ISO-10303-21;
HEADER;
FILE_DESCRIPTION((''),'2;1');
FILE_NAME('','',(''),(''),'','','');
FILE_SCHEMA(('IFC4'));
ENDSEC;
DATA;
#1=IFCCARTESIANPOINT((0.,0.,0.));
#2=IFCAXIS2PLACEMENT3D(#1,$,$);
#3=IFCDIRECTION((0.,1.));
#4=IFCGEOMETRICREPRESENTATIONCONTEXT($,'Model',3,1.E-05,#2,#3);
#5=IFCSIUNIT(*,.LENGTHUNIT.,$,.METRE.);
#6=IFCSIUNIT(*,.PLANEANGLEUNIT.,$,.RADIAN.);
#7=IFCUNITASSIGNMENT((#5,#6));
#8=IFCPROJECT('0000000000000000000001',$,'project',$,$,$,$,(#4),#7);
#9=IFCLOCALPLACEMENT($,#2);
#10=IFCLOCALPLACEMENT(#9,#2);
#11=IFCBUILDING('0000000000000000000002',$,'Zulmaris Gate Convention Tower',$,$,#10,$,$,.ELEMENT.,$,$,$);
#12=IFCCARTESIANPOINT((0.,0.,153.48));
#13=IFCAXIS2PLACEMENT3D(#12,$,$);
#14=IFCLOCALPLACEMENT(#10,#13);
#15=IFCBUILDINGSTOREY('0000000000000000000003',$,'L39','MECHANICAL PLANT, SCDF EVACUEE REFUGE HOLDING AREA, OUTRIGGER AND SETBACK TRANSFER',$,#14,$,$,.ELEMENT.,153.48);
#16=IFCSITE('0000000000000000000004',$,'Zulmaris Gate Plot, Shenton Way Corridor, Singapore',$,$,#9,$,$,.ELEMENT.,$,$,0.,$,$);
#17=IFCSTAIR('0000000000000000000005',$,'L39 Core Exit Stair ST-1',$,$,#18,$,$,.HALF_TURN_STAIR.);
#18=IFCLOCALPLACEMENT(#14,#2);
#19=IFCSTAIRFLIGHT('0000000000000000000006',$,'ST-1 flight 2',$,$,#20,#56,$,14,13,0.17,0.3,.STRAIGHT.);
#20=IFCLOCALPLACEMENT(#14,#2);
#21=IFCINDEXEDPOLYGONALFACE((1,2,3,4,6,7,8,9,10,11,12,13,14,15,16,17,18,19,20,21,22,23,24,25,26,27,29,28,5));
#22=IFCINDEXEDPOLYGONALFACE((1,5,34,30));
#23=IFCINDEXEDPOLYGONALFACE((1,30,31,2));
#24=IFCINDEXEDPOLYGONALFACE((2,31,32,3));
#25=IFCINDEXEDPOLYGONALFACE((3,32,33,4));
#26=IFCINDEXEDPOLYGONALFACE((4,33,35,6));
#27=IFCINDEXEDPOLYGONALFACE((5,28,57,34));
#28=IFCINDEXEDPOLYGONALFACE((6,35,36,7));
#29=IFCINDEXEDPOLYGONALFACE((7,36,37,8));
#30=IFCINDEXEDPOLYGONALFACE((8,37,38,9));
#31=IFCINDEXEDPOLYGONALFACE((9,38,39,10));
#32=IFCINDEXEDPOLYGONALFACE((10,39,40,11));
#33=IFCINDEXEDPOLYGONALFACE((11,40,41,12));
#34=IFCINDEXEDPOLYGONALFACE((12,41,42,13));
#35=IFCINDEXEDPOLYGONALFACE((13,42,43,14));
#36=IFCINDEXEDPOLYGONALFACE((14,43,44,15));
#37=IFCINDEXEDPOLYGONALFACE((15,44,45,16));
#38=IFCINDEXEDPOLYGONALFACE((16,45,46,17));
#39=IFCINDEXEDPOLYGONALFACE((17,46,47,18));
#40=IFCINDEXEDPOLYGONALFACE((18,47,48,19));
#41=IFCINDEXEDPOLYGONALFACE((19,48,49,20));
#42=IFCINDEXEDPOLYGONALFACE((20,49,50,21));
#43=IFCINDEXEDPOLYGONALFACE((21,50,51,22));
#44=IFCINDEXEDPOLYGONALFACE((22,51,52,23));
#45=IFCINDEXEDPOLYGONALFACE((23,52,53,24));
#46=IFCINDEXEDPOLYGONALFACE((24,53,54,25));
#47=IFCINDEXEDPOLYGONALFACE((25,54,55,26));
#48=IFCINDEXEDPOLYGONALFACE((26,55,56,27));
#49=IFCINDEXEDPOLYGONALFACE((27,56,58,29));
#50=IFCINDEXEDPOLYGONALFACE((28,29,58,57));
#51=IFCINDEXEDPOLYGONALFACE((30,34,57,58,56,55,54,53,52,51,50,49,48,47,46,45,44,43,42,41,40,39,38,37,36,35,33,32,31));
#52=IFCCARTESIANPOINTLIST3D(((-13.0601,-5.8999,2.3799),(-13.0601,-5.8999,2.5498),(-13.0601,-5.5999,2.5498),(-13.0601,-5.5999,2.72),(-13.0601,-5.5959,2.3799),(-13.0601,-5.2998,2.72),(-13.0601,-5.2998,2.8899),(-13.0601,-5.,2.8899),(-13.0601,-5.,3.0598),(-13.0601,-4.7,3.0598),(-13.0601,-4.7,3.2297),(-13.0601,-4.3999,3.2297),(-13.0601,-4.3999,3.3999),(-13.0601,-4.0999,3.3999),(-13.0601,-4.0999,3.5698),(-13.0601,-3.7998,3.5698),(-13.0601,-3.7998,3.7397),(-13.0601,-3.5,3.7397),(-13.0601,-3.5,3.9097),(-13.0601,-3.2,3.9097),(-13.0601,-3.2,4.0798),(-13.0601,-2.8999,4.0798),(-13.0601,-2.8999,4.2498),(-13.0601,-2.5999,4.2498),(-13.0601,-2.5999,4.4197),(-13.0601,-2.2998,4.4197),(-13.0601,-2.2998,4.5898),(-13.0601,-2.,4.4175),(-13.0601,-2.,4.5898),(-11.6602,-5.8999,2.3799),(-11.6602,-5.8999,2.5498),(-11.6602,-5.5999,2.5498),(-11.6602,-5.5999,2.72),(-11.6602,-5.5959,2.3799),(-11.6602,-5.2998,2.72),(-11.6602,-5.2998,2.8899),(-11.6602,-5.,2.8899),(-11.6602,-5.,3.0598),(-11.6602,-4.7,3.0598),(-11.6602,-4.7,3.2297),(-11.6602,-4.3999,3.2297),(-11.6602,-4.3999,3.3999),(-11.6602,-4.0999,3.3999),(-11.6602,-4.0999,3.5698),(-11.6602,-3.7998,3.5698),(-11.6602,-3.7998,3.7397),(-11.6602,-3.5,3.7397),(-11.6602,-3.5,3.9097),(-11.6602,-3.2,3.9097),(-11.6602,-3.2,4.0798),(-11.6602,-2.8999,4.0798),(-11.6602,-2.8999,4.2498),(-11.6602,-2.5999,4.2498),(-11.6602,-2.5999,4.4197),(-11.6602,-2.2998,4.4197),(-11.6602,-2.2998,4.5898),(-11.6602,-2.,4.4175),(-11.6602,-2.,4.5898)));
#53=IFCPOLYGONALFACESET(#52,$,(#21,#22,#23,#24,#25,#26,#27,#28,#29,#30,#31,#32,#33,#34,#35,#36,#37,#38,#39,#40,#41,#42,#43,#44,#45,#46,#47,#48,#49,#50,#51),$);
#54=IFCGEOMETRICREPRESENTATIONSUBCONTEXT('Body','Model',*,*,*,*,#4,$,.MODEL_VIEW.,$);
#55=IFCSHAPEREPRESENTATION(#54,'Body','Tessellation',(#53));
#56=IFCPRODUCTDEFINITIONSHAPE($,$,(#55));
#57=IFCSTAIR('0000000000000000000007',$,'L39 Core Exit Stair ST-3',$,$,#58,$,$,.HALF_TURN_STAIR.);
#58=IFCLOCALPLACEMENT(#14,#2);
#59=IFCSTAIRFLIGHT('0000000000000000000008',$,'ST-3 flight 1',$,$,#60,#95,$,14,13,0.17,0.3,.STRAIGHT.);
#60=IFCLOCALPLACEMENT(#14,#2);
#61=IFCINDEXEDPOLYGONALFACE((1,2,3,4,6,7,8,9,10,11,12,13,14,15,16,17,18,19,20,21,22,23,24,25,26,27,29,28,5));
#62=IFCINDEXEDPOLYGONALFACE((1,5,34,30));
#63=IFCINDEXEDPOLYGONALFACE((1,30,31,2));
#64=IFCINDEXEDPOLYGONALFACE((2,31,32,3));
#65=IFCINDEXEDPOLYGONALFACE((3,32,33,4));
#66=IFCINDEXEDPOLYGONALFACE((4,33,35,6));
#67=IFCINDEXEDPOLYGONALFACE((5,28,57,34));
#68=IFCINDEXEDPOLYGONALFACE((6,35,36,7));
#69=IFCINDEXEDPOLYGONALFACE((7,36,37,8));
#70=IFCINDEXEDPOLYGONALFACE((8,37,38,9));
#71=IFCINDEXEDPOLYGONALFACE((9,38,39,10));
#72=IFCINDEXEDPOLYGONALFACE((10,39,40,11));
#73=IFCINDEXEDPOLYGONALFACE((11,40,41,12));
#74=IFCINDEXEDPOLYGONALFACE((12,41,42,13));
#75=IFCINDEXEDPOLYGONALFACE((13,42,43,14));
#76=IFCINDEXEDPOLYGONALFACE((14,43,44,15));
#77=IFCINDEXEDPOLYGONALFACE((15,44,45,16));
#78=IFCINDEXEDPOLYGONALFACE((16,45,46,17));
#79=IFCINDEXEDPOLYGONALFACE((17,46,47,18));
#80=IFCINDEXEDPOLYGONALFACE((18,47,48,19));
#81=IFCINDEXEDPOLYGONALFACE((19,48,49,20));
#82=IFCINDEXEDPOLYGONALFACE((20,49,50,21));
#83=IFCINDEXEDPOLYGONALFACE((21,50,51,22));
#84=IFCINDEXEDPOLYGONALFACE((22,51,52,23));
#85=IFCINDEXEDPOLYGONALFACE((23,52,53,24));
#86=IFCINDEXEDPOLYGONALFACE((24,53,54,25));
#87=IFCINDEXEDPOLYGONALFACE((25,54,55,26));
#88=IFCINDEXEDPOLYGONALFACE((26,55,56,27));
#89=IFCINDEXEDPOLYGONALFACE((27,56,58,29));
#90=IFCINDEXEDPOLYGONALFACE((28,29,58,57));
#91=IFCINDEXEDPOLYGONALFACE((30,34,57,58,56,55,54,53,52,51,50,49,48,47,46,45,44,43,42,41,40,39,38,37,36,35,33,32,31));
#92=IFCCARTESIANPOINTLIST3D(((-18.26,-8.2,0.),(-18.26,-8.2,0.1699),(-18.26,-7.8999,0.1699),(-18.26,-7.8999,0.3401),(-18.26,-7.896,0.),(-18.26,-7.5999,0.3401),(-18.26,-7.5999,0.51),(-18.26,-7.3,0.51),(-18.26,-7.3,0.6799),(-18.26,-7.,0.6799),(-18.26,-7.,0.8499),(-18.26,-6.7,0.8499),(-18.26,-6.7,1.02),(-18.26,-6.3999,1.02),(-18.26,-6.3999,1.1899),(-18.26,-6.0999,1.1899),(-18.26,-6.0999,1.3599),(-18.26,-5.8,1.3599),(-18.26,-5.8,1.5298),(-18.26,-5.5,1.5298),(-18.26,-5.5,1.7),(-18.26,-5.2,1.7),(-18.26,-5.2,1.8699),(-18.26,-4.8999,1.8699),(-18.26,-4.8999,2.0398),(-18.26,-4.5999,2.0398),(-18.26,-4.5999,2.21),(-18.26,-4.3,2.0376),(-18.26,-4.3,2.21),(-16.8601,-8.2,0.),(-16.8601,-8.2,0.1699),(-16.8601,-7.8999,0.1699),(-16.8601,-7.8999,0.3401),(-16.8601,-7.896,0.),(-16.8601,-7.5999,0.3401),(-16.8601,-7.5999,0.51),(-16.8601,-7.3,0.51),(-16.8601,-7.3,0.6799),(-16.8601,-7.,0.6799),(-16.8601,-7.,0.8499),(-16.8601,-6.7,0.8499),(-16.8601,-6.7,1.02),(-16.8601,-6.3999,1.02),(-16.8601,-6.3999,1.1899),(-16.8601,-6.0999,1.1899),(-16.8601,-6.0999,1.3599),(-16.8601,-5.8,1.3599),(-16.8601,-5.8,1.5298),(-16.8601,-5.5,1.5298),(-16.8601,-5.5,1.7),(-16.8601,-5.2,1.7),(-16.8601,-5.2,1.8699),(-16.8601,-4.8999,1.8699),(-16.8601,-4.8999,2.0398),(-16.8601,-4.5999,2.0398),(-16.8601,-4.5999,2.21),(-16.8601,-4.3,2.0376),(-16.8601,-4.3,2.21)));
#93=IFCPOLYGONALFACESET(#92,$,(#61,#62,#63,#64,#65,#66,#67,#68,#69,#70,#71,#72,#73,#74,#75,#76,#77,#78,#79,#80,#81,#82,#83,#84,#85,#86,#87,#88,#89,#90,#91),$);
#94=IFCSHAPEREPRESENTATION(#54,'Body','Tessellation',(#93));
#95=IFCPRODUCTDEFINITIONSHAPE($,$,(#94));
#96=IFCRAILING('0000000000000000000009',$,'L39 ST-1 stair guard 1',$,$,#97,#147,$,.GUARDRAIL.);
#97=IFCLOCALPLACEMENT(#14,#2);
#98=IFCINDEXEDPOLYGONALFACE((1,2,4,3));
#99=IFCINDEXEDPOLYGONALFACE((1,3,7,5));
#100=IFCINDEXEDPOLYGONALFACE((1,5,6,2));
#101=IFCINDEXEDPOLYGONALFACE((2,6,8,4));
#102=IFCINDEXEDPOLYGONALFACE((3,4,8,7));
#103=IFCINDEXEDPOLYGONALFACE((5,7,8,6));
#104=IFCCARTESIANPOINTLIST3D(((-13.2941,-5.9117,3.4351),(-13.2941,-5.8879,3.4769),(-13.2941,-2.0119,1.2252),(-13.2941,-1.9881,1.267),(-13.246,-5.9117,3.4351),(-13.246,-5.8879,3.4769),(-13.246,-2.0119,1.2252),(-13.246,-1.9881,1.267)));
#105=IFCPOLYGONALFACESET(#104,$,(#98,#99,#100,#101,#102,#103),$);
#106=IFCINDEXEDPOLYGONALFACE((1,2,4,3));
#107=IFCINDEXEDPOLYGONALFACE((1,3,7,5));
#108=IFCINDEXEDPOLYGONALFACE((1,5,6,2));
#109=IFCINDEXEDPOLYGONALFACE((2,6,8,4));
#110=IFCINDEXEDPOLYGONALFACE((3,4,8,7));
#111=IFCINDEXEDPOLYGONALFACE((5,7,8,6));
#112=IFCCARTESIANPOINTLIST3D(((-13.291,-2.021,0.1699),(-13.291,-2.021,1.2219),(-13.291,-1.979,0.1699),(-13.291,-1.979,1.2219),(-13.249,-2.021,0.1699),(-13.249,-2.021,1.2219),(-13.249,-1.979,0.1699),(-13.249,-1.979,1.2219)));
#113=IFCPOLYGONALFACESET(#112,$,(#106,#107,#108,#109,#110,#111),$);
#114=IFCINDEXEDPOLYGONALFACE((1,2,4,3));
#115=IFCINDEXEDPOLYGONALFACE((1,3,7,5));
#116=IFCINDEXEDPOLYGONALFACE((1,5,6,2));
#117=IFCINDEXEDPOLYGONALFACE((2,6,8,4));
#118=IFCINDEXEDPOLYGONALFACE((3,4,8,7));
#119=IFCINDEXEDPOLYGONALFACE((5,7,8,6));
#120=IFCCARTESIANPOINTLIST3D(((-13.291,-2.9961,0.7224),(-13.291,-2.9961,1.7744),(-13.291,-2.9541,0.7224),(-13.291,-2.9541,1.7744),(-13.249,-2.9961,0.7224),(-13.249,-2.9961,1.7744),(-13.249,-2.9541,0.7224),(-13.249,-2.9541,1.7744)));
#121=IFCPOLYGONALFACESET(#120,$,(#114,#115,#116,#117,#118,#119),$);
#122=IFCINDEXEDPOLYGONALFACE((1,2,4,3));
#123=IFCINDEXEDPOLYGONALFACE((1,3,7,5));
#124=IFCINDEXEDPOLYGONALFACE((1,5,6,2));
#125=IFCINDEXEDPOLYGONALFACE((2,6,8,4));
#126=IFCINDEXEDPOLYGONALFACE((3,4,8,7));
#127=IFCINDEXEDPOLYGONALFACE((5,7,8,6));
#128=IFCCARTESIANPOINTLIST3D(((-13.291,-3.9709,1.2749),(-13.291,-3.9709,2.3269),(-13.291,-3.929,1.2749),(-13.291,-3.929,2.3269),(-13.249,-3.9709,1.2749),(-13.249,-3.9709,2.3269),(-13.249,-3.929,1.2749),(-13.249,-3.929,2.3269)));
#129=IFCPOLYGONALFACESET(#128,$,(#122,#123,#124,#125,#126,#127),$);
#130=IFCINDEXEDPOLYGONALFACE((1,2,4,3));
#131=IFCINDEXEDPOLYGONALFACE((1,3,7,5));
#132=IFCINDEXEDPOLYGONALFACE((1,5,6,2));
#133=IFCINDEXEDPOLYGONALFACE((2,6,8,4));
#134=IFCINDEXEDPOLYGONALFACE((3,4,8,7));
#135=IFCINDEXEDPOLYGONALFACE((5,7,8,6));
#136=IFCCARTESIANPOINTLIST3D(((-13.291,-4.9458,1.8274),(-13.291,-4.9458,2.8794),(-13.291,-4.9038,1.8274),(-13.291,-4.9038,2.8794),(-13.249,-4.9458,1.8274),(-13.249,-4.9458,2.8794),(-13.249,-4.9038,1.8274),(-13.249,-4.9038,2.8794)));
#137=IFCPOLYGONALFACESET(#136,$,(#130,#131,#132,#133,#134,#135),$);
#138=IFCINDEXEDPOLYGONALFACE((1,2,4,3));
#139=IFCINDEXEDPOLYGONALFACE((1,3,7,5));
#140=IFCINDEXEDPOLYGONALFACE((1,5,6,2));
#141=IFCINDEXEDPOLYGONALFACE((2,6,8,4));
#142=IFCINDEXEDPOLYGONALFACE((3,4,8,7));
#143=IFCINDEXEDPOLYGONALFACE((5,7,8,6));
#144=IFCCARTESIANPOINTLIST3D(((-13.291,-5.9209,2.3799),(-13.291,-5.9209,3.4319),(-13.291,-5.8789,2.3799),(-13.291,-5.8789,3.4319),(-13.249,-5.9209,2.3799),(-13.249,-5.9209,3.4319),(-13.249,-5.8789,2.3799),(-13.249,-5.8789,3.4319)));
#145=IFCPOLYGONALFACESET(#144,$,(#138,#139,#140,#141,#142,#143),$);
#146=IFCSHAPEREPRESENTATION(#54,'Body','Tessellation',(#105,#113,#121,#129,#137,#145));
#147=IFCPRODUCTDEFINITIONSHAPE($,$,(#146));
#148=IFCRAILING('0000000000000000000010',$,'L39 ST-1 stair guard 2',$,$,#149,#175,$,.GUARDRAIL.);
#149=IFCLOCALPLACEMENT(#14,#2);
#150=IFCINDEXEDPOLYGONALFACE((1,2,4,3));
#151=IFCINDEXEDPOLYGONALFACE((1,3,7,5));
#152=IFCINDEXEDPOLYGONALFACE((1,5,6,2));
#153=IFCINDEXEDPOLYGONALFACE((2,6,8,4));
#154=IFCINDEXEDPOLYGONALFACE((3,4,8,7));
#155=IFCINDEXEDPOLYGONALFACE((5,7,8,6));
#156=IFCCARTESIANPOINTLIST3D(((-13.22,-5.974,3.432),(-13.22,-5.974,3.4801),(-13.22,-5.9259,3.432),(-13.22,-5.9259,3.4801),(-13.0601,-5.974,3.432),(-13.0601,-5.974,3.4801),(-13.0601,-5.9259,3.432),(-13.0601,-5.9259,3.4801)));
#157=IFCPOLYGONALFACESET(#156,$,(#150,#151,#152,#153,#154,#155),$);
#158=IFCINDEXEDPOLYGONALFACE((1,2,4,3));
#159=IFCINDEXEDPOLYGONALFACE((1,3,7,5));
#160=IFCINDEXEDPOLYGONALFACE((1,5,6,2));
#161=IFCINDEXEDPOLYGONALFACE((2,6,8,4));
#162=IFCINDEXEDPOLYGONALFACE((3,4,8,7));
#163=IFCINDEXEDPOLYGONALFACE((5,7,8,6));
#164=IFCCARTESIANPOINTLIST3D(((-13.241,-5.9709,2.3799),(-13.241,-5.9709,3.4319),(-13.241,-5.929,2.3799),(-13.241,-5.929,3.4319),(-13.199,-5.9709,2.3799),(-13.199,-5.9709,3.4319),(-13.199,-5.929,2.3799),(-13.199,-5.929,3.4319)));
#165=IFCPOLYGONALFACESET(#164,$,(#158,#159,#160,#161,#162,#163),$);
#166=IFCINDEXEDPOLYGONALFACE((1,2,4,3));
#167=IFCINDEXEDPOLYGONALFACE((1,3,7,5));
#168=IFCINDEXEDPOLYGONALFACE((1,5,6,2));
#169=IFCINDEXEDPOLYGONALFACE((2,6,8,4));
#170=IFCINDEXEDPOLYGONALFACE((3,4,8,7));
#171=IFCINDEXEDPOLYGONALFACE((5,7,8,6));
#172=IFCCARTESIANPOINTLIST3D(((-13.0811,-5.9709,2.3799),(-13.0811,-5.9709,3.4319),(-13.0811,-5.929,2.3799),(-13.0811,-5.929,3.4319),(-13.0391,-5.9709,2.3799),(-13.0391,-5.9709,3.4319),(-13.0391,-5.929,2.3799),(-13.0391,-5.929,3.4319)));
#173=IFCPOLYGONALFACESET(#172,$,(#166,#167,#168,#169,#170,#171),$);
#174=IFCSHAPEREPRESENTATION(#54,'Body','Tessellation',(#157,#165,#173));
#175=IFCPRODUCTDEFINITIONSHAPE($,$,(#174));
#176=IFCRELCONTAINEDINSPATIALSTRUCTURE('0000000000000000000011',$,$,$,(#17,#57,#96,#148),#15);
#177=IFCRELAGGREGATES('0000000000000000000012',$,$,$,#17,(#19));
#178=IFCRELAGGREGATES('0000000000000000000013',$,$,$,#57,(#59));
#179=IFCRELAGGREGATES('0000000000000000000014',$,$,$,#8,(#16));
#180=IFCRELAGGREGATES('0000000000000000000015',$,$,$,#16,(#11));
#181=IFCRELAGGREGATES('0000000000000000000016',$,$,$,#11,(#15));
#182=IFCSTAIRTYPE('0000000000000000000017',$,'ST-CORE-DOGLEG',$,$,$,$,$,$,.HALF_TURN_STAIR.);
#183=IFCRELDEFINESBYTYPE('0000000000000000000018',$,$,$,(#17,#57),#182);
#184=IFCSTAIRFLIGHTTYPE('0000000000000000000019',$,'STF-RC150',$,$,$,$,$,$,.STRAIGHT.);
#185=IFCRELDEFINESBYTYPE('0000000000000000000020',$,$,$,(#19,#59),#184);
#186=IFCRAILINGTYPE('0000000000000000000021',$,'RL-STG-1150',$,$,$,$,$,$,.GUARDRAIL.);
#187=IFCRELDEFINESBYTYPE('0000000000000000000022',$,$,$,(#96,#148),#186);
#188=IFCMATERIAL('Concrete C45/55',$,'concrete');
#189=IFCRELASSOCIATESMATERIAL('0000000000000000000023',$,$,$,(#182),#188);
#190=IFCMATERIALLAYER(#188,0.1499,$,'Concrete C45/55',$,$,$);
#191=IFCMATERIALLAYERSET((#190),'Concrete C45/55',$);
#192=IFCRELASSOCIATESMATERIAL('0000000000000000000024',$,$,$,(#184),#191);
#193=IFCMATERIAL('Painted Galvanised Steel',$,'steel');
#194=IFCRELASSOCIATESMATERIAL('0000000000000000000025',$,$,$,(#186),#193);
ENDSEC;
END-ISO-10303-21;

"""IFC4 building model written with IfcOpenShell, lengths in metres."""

from ifc_helpers import new_model, si_unit, direction, frame, origin, origin_2d, place, context, subcontext, project, spatial, polyline, rectangle, outline, extrude, material, layer, layer_set, type_object, element, aggregate, save


model = new_model("IFC4")

# Units and contexts
model_context = context("Model", 3, precision=1e-05, world=origin(), true_north=direction((0.0, 1.0)))
body_context = subcontext(model_context, "Body", "Model", "MODEL_VIEW")
ifc_project = project(units=[si_unit("LENGTHUNIT", "METRE"), si_unit("PLANEANGLEUNIT", "RADIAN")], contexts=[model_context])

# Site, building, storey
site_placement = place(None, origin())
site = spatial("IfcSite", under=ifc_project, at=site_placement, Name="Zulmaris Gate Plot, Shenton Way Corridor, Singapore", CompositionType="ELEMENT", RefElevation=0.0)
building_placement = place(site_placement, origin())
building = spatial("IfcBuilding", under=site, at=building_placement, Name="Zulmaris Gate Convention Tower", CompositionType="ELEMENT")
storey_placement = place(building_placement, frame((0.0, 0.0, 153.48)))
storey = spatial("IfcBuildingStorey", under=building, at=storey_placement, Name="L39", Description="MECHANICAL PLANT, SCDF EVACUEE REFUGE HOLDING AREA, OUTRIGGER AND SETBACK TRANSFER", CompositionType="ELEMENT", Elevation=153.48)

# Stair, stair flight
ifc_material_1 = material(Name="Concrete C45/55", Category="concrete")
stair_type = type_object("IfcStairType", Name="ST-CORE-DOGLEG", PredefinedType="HALF_TURN_STAIR", material=ifc_material_1)
stair_1_placement = place(storey_placement, origin())
stair_1 = element("IfcStair", 1, at=stair_1_placement, inside=storey, type_object=stair_type, Name="L39 Core Exit Stair ST-1", PredefinedType="HALF_TURN_STAIR")
ifc_layer_1 = layer(ifc_material_1, 0.1499, Name="Concrete C45/55")
ifc_layer_set_1 = layer_set([ifc_layer_1], Name="Concrete C45/55")
stair_flight_type = type_object("IfcStairFlightType", Name="STF-RC150", PredefinedType="STRAIGHT", material=ifc_layer_set_1)
stair_flight_1_placement = place(storey_placement, frame((-12.3601, -5.8999, 2.3799), z_axis=(0.0, 0.0, 1.0), x_axis=(0.0, 1.0, 0.0)))
stair_flight_1 = element("IfcStairFlight", 2, at=stair_flight_1_placement, type_object=stair_flight_type, Name="ST-1 flight 2", NumberOfRisers=14, NumberOfTreads=13, PredefinedType="STRAIGHT", RiserHeight=0.17, TreadLength=0.3, context=body_context, shape_type="SweptSolid", body=[
    extrude(outline(polyline([(0.0, 0.0), (0.0, 0.1699), (0.3, 0.1699), (0.3, 0.3401), (0.6001, 0.3401), (0.6001, 0.51), (0.8999, 0.51), (0.8999, 0.6799), (1.2, 0.6799), (1.2, 0.8499), (1.5, 0.8499), (1.5, 1.02), (1.8, 1.02), (1.8, 1.1899), (2.1001, 1.1899), (2.1001, 1.3599), (2.3999, 1.3599), (2.3999, 1.5298), (2.7, 1.5298), (2.7, 1.7), (3.0, 1.7), (3.0, 1.8699), (3.3, 1.8699), (3.3, 2.0398), (3.6001, 2.0398), (3.6001, 2.21), (3.8999, 2.21), (3.8999, 2.3799), (3.8999, 2.0376), (0.304, 0.0), (0.0, 0.0)])), frame((0.0, 0.7, 0.0), z_axis=(0.0, -1.0, 0.0), x_axis=(1.0, 0.0, 0.0)), (0.0, 0.0, 1.0), 1.3999),
])
aggregate(stair_1, [stair_flight_1])

# Stair, stair flight
stair_2_placement = place(storey_placement, origin())
stair_2 = element("IfcStair", 3, at=stair_2_placement, inside=storey, type_object=stair_type, Name="L39 Core Exit Stair ST-3", PredefinedType="HALF_TURN_STAIR")
stair_flight_2_placement = place(storey_placement, frame((-17.5601, -8.2, 0.0), z_axis=(0.0, 0.0, 1.0), x_axis=(0.0, 1.0, 0.0)))
stair_flight_2 = element("IfcStairFlight", 4, at=stair_flight_2_placement, type_object=stair_flight_type, Name="ST-3 flight 1", NumberOfRisers=14, NumberOfTreads=13, PredefinedType="STRAIGHT", RiserHeight=0.17, TreadLength=0.3, context=body_context, shape_type="SweptSolid", body=[
    extrude(outline(polyline([(0.0, 0.0), (0.0, 0.1699), (0.3, 0.1699), (0.3, 0.3401), (0.6001, 0.3401), (0.6001, 0.51), (0.8999, 0.51), (0.8999, 0.6799), (1.2, 0.6799), (1.2, 0.8499), (1.5, 0.8499), (1.5, 1.02), (1.8, 1.02), (1.8, 1.1899), (2.1001, 1.1899), (2.1001, 1.3599), (2.3999, 1.3599), (2.3999, 1.5298), (2.7, 1.5298), (2.7, 1.7), (3.0, 1.7), (3.0, 1.8699), (3.3, 1.8699), (3.3, 2.0398), (3.6001, 2.0398), (3.6001, 2.21), (3.8999, 2.21), (3.8999, 2.3799), (3.8999, 2.0376), (0.304, 0.0), (0.0, 0.0)])), frame((0.0, 0.7, 0.0), z_axis=(0.0, -1.0, 0.0), x_axis=(1.0, 0.0, 0.0)), (0.0, 0.0, 1.0), 1.3999),
])
aggregate(stair_2, [stair_flight_2])

# Railings
ifc_material_2 = material(Name="Painted Galvanised Steel", Category="steel")
railing_type_1 = type_object("IfcRailingType", Name="RL-STG-1150", PredefinedType="GUARDRAIL", material=ifc_material_2)
railing_1_placement = place(storey_placement, frame((-13.27, -2.0, 0.1699)))
element("IfcRailing", 5, at=railing_1_placement, inside=storey, type_object=railing_type_1, Name="L39 ST-1 stair guard 1", PredefinedType="GUARDRAIL", context=body_context, shape_type="SweptSolid", body=[
    extrude(rectangle(XDim=0.0481, YDim=0.0481, at=origin_2d()), frame((0.0, 0.0, 1.0762), z_axis=(0.0, -0.870021, 0.493015), x_axis=(1.0, 0.0, 0.0)), (0.0, 0.0, 1.0), 4.4824),
    extrude(rectangle(XDim=0.042, YDim=0.042, at=origin_2d()), origin(), (0.0, 0.0, 1.0), 1.052),
    extrude(rectangle(XDim=0.042, YDim=0.042, at=origin_2d()), frame((0.0, -0.9751, 0.5525)), (0.0, 0.0, 1.0), 1.052),
    extrude(rectangle(XDim=0.042, YDim=0.042, at=origin_2d()), frame((0.0, -1.95, 1.105)), (0.0, 0.0, 1.0), 1.052),
    extrude(rectangle(XDim=0.042, YDim=0.042, at=origin_2d()), frame((0.0, -2.9248, 1.6575)), (0.0, 0.0, 1.0), 1.052),
    extrude(rectangle(XDim=0.042, YDim=0.042, at=origin_2d()), frame((0.0, -3.8999, 2.21)), (0.0, 0.0, 1.0), 1.052),
])
railing_2_placement = place(storey_placement, frame((-13.22, -5.95, 2.3799)))
element("IfcRailing", 6, at=railing_2_placement, inside=storey, type_object=railing_type_1, Name="L39 ST-1 stair guard 2", PredefinedType="GUARDRAIL", context=body_context, shape_type="SweptSolid", body=[
    extrude(rectangle(XDim=0.0481, YDim=0.0481, at=origin_2d()), frame((0.0, 0.0, 1.0762), z_axis=(1.0, 0.0, 0.0), x_axis=(0.0, 1.0, 0.0)), (0.0, 0.0, 1.0), 0.1599),
    extrude(rectangle(XDim=0.042, YDim=0.042, at=origin_2d()), origin(), (0.0, 0.0, 1.0), 1.052),
    extrude(rectangle(XDim=0.042, YDim=0.042, at=origin_2d()), frame((0.1599, 0.0, 0.0)), (0.0, 0.0, 1.0), 1.052),
])

save(model, "model.ifc")
